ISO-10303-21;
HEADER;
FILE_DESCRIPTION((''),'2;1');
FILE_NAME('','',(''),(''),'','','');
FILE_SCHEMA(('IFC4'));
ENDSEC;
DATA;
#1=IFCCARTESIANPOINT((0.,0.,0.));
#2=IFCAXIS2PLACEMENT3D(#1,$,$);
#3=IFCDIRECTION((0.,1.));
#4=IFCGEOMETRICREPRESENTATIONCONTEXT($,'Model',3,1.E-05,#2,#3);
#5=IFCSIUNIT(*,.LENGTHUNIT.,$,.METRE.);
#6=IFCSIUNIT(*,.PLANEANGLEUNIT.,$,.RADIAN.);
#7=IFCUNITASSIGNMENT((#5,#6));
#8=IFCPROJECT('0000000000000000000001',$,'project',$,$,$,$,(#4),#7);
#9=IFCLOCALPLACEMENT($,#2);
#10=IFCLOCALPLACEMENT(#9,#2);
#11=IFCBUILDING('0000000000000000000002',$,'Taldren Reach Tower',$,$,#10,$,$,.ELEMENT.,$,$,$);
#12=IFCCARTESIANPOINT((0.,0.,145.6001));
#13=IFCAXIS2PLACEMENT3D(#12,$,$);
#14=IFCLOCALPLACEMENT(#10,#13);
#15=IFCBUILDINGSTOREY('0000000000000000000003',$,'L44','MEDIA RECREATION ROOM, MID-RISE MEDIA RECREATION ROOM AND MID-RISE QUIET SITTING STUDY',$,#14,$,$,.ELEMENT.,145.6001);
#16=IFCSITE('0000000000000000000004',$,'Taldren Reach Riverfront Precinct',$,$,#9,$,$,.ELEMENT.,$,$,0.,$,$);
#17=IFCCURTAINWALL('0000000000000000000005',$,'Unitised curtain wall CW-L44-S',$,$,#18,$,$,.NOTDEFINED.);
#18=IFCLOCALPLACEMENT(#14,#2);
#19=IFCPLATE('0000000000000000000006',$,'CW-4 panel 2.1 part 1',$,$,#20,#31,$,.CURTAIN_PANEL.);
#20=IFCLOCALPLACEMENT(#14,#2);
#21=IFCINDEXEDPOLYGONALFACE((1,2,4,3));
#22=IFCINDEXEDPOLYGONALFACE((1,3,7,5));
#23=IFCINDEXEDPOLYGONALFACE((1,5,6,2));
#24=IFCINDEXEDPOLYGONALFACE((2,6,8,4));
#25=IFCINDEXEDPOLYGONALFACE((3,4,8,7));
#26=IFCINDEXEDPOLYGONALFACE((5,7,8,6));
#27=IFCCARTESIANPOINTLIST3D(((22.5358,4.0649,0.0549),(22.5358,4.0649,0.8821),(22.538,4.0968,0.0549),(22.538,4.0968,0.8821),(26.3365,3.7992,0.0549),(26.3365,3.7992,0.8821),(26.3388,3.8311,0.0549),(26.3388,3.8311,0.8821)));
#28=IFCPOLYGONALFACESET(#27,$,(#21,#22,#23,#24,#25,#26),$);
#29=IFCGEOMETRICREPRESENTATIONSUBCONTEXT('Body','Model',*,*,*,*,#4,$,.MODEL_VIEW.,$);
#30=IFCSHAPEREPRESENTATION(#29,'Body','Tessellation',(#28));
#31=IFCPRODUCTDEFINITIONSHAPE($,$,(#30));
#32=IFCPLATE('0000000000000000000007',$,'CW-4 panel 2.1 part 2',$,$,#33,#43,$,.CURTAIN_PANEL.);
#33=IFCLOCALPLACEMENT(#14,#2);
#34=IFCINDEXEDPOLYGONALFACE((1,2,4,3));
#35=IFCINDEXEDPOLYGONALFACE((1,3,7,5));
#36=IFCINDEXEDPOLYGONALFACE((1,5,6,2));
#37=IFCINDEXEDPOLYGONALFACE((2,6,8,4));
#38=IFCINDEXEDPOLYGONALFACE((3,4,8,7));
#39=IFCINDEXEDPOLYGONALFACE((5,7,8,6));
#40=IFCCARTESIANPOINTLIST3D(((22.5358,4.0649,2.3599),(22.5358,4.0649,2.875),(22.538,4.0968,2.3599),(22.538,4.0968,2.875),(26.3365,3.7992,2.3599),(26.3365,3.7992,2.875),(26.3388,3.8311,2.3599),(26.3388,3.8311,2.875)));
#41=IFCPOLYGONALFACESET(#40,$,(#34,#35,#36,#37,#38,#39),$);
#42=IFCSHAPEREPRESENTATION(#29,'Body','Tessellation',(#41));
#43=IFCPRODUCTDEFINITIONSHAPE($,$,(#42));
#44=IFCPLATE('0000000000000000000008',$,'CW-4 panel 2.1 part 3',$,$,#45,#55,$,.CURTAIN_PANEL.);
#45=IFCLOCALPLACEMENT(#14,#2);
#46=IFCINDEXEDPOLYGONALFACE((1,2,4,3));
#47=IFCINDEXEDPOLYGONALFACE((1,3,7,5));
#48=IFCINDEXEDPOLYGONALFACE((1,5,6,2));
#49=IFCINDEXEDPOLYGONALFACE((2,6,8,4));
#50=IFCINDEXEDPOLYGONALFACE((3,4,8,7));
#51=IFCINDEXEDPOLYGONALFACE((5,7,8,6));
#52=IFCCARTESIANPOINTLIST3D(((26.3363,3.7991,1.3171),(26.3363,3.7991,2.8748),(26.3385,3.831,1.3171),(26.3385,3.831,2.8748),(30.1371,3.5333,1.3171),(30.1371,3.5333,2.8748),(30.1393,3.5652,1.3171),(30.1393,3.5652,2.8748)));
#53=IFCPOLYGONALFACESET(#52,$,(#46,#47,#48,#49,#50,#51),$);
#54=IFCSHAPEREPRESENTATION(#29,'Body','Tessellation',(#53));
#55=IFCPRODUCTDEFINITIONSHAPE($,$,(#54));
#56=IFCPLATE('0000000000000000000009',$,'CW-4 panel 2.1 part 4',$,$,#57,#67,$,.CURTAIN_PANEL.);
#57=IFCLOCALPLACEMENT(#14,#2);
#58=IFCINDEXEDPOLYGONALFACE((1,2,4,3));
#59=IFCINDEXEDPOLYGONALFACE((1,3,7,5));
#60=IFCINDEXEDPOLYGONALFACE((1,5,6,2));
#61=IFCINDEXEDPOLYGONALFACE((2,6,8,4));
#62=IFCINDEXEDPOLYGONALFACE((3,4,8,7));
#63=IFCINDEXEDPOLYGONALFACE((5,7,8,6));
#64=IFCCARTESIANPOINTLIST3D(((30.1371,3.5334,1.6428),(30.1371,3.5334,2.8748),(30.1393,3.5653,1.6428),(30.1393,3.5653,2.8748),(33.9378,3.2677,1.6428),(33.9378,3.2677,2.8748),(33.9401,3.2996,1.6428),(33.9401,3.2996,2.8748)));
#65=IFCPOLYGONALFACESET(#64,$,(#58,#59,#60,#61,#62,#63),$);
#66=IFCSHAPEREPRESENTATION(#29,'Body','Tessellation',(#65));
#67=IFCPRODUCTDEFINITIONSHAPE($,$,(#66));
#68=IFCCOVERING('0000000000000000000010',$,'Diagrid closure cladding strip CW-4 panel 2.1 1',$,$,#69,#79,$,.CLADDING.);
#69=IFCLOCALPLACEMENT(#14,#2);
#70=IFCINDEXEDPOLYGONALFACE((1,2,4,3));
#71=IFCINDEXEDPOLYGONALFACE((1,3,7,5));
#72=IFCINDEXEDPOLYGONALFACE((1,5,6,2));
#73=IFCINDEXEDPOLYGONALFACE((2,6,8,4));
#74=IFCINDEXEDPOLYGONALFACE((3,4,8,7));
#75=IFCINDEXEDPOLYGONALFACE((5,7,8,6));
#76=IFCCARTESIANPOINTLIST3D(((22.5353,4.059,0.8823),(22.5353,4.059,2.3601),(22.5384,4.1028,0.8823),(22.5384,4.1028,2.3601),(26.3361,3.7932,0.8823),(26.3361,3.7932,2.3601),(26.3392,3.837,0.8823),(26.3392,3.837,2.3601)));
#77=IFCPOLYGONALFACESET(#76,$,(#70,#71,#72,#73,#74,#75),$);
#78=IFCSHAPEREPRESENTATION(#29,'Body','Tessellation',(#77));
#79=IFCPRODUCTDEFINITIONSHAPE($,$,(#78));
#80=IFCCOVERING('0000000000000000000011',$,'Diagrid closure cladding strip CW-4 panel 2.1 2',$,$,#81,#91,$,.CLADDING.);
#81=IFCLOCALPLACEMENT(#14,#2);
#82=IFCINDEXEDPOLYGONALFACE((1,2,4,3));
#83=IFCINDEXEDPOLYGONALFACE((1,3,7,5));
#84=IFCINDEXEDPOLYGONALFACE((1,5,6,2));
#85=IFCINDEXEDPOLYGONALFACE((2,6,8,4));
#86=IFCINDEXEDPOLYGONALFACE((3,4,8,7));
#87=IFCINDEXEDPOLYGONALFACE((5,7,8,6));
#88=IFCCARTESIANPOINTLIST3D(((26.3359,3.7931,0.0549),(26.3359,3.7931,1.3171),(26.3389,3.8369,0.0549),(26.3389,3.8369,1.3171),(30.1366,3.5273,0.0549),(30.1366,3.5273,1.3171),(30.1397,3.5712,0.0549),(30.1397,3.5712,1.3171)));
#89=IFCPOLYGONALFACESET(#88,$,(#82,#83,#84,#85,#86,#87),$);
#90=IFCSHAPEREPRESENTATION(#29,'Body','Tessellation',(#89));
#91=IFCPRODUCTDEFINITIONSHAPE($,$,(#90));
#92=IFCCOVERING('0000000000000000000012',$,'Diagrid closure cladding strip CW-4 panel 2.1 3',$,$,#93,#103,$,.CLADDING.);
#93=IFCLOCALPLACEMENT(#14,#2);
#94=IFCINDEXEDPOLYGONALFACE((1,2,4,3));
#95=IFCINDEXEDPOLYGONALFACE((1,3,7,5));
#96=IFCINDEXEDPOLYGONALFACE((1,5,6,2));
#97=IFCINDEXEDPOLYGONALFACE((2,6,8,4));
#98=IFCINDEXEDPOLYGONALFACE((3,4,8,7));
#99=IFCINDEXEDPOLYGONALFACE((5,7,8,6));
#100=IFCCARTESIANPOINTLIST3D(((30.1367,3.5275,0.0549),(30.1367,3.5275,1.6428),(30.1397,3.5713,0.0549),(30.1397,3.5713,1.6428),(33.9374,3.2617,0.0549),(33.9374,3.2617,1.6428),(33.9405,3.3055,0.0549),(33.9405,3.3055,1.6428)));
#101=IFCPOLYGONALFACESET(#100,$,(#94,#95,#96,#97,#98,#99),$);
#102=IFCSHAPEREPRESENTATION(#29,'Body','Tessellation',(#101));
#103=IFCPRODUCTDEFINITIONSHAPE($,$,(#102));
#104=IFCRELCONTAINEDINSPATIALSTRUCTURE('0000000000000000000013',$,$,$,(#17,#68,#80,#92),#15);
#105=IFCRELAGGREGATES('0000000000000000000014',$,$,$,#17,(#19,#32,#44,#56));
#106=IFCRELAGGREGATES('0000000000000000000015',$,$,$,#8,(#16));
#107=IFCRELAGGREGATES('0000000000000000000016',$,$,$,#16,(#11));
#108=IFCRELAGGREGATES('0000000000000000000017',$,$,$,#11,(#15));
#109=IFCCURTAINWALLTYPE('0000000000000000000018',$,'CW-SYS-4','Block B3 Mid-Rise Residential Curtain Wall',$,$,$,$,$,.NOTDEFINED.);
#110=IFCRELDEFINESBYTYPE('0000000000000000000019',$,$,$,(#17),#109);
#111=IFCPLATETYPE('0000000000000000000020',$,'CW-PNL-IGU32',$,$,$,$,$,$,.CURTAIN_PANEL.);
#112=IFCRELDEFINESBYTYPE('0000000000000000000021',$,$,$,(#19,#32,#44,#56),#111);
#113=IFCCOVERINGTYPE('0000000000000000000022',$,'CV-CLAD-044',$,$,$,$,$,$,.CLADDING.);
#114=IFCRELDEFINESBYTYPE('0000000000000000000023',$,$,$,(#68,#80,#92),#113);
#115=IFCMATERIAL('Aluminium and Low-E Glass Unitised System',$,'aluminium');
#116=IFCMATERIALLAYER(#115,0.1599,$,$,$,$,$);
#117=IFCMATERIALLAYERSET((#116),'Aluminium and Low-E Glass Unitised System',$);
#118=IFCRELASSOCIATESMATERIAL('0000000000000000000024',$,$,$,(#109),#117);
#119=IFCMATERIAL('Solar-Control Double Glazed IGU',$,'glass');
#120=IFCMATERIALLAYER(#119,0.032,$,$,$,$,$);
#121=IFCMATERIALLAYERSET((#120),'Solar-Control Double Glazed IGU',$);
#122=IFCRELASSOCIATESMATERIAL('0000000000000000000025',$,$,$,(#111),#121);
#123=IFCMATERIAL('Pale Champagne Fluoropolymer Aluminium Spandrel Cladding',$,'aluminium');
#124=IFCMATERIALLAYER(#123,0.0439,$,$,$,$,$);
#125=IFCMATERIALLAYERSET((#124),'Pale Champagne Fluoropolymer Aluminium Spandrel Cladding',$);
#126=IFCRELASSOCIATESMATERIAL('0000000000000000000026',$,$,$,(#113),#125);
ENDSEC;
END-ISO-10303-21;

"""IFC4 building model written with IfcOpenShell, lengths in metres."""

from ifc_helpers import new_model, si_unit, direction, frame, origin, origin_2d, place, context, subcontext, project, spatial, rectangle, extrude, source, transform, mapped, material, layer, layer_set, type_object, element, aggregate, save


model = new_model("IFC4")

# Units and contexts
model_context = context("Model", 3, precision=1e-05, world=origin(), true_north=direction((0.0, 1.0)))
body_context = subcontext(model_context, "Body", "Model", "MODEL_VIEW")
ifc_project = project(units=[si_unit("LENGTHUNIT", "METRE"), si_unit("PLANEANGLEUNIT", "RADIAN")], contexts=[model_context])

# Site, building, storey
site_placement = place(None, origin())
site = spatial("IfcSite", under=ifc_project, at=site_placement, Name="Taldren Reach Riverfront Precinct", CompositionType="ELEMENT", RefElevation=0.0)
building_placement = place(site_placement, origin())
building = spatial("IfcBuilding", under=site, at=building_placement, Name="Taldren Reach Tower", CompositionType="ELEMENT")
storey_placement = place(building_placement, frame((0.0, 0.0, 145.6001)))
storey = spatial("IfcBuildingStorey", under=building, at=storey_placement, Name="L44", Description="MEDIA RECREATION ROOM, MID-RISE MEDIA RECREATION ROOM AND MID-RISE QUIET SITTING STUDY", CompositionType="ELEMENT", Elevation=145.6001)

# Curtain wall
ifc_material_1 = material(Name="Aluminium and Low-E Glass Unitised System", Category="aluminium")
ifc_layer_1 = layer(ifc_material_1, 0.1599)
ifc_layer_set_1 = layer_set([ifc_layer_1], Name="Aluminium and Low-E Glass Unitised System")
curtain_wall_type = type_object("IfcCurtainWallType", Name="CW-SYS-4", Description="Block B3 Mid-Rise Residential Curtain Wall", PredefinedType="NOTDEFINED", material=ifc_layer_set_1)
curtain_wall_placement = place(storey_placement, origin())
curtain_wall = element("IfcCurtainWall", 1, at=curtain_wall_placement, inside=storey, type_object=curtain_wall_type, Name="Unitised curtain wall CW-L44-S", PredefinedType="NOTDEFINED")

# Plates
ifc_material_2 = material(Name="Solar-Control Double Glazed IGU", Category="glass")
ifc_layer_2 = layer(ifc_material_2, 0.032)
ifc_layer_set_2 = layer_set([ifc_layer_2], Name="Solar-Control Double Glazed IGU")
plate_type_1 = type_object("IfcPlateType", Name="CW-PNL-IGU32", PredefinedType="CURTAIN_PANEL", material=ifc_layer_set_2)
shared_shape_1 = source(origin(), body_context, "Body", "SweptSolid", [
    extrude(rectangle(XDim=3.8101, YDim=0.032, at=origin_2d()), origin(), (0.0, 0.0, 1.0), 0.8271),
])
plate_1_placement = place(storey_placement, frame((24.4373, 3.948, 0.0549), z_axis=(0.0, 0.0, 1.0), x_axis=(0.997564, -0.069757, 0.0)))
plate_1 = element("IfcPlate", 2, at=plate_1_placement, type_object=plate_type_1, Name="CW-4 panel 2.1 part 1", PredefinedType="CURTAIN_PANEL", context=body_context, shape_type="MappedRepresentation", body=[
    mapped(shared_shape_1, transform((0.0, 0.0, 0.0), scale=1.0)),
])
shared_shape_2 = source(origin(), body_context, "Body", "SweptSolid", [
    extrude(rectangle(XDim=3.8101, YDim=0.032, at=origin_2d()), origin(), (0.0, 0.0, 1.0), 0.5151),
])
plate_2_placement = place(storey_placement, frame((24.4373, 3.948, 2.3599), z_axis=(0.0, 0.0, 1.0), x_axis=(0.997564, -0.069757, 0.0)))
plate_2 = element("IfcPlate", 3, at=plate_2_placement, type_object=plate_type_1, Name="CW-4 panel 2.1 part 2", PredefinedType="CURTAIN_PANEL", context=body_context, shape_type="MappedRepresentation", body=[
    mapped(shared_shape_2, transform((0.0, 0.0, 0.0), scale=1.0)),
])
shared_shape_3 = source(origin(), body_context, "Body", "SweptSolid", [
    extrude(rectangle(XDim=3.8101, YDim=0.032, at=origin_2d()), origin(), (0.0, 0.0, 1.0), 1.5576),
])
plate_3_placement = place(storey_placement, frame((28.2378, 3.6821, 1.3171), z_axis=(0.0, 0.0, 1.0), x_axis=(0.997564, -0.069757, 0.0)))
plate_3 = element("IfcPlate", 4, at=plate_3_placement, type_object=plate_type_1, Name="CW-4 panel 2.1 part 3", PredefinedType="CURTAIN_PANEL", context=body_context, shape_type="MappedRepresentation", body=[
    mapped(shared_shape_3, transform((0.0, 0.0, 0.0), scale=1.0)),
])
shared_shape_4 = source(origin(), body_context, "Body", "SweptSolid", [
    extrude(rectangle(XDim=3.8101, YDim=0.032, at=origin_2d()), origin(), (0.0, 0.0, 1.0), 1.2319),
])
plate_4_placement = place(storey_placement, frame((32.0386, 3.4165, 1.6428), z_axis=(0.0, 0.0, 1.0), x_axis=(0.997564, -0.069757, 0.0)))
plate_4 = element("IfcPlate", 5, at=plate_4_placement, type_object=plate_type_1, Name="CW-4 panel 2.1 part 4", PredefinedType="CURTAIN_PANEL", context=body_context, shape_type="MappedRepresentation", body=[
    mapped(shared_shape_4, transform((0.0, 0.0, 0.0), scale=1.0)),
])
aggregate(curtain_wall, [plate_1, plate_2, plate_3, plate_4])

# Coverings
ifc_material_3 = material(Name="Pale Champagne Fluoropolymer Aluminium Spandrel Cladding", Category="aluminium")
ifc_layer_3 = layer(ifc_material_3, 0.0439)
ifc_layer_set_3 = layer_set([ifc_layer_3], Name="Pale Champagne Fluoropolymer Aluminium Spandrel Cladding")
covering_type = type_object("IfcCoveringType", Name="CV-CLAD-044", PredefinedType="CLADDING", material=ifc_layer_set_3)
shared_shape_5 = source(origin(), body_context, "Body", "SweptSolid", [
    extrude(rectangle(XDim=3.8101, YDim=0.0439, at=origin_2d()), origin(), (0.0, 0.0, 1.0), 1.4778),
])
covering_1_placement = place(storey_placement, frame((24.4373, 3.948, 0.8823), z_axis=(0.0, 0.0, 1.0), x_axis=(0.997564, -0.069757, 0.0)))
element("IfcCovering", 6, at=covering_1_placement, inside=storey, type_object=covering_type, Name="Diagrid closure cladding strip CW-4 panel 2.1 1", PredefinedType="CLADDING", context=body_context, shape_type="MappedRepresentation", body=[
    mapped(shared_shape_5, transform((0.0, 0.0, 0.0), scale=1.0)),
])
shared_shape_6 = source(origin(), body_context, "Body", "SweptSolid", [
    extrude(rectangle(XDim=3.8101, YDim=0.0439, at=origin_2d()), origin(), (0.0, 0.0, 1.0), 1.2622),
])
covering_2_placement = place(storey_placement, frame((28.2378, 3.6821, 0.0549), z_axis=(0.0, 0.0, 1.0), x_axis=(0.997564, -0.069757, 0.0)))
element("IfcCovering", 7, at=covering_2_placement, inside=storey, type_object=covering_type, Name="Diagrid closure cladding strip CW-4 panel 2.1 2", PredefinedType="CLADDING", context=body_context, shape_type="MappedRepresentation", body=[
    mapped(shared_shape_6, transform((0.0, 0.0, 0.0), scale=1.0)),
])
shared_shape_7 = source(origin(), body_context, "Body", "SweptSolid", [
    extrude(rectangle(XDim=3.8101, YDim=0.0439, at=origin_2d()), origin(), (0.0, 0.0, 1.0), 1.5879),
])
covering_3_placement = place(storey_placement, frame((32.0386, 3.4165, 0.0549), z_axis=(0.0, 0.0, 1.0), x_axis=(0.997564, -0.069757, 0.0)))
element("IfcCovering", 8, at=covering_3_placement, inside=storey, type_object=covering_type, Name="Diagrid closure cladding strip CW-4 panel 2.1 3", PredefinedType="CLADDING", context=body_context, shape_type="MappedRepresentation", body=[
    mapped(shared_shape_7, transform((0.0, 0.0, 0.0), scale=1.0)),
])

save(model, "model.ifc")
